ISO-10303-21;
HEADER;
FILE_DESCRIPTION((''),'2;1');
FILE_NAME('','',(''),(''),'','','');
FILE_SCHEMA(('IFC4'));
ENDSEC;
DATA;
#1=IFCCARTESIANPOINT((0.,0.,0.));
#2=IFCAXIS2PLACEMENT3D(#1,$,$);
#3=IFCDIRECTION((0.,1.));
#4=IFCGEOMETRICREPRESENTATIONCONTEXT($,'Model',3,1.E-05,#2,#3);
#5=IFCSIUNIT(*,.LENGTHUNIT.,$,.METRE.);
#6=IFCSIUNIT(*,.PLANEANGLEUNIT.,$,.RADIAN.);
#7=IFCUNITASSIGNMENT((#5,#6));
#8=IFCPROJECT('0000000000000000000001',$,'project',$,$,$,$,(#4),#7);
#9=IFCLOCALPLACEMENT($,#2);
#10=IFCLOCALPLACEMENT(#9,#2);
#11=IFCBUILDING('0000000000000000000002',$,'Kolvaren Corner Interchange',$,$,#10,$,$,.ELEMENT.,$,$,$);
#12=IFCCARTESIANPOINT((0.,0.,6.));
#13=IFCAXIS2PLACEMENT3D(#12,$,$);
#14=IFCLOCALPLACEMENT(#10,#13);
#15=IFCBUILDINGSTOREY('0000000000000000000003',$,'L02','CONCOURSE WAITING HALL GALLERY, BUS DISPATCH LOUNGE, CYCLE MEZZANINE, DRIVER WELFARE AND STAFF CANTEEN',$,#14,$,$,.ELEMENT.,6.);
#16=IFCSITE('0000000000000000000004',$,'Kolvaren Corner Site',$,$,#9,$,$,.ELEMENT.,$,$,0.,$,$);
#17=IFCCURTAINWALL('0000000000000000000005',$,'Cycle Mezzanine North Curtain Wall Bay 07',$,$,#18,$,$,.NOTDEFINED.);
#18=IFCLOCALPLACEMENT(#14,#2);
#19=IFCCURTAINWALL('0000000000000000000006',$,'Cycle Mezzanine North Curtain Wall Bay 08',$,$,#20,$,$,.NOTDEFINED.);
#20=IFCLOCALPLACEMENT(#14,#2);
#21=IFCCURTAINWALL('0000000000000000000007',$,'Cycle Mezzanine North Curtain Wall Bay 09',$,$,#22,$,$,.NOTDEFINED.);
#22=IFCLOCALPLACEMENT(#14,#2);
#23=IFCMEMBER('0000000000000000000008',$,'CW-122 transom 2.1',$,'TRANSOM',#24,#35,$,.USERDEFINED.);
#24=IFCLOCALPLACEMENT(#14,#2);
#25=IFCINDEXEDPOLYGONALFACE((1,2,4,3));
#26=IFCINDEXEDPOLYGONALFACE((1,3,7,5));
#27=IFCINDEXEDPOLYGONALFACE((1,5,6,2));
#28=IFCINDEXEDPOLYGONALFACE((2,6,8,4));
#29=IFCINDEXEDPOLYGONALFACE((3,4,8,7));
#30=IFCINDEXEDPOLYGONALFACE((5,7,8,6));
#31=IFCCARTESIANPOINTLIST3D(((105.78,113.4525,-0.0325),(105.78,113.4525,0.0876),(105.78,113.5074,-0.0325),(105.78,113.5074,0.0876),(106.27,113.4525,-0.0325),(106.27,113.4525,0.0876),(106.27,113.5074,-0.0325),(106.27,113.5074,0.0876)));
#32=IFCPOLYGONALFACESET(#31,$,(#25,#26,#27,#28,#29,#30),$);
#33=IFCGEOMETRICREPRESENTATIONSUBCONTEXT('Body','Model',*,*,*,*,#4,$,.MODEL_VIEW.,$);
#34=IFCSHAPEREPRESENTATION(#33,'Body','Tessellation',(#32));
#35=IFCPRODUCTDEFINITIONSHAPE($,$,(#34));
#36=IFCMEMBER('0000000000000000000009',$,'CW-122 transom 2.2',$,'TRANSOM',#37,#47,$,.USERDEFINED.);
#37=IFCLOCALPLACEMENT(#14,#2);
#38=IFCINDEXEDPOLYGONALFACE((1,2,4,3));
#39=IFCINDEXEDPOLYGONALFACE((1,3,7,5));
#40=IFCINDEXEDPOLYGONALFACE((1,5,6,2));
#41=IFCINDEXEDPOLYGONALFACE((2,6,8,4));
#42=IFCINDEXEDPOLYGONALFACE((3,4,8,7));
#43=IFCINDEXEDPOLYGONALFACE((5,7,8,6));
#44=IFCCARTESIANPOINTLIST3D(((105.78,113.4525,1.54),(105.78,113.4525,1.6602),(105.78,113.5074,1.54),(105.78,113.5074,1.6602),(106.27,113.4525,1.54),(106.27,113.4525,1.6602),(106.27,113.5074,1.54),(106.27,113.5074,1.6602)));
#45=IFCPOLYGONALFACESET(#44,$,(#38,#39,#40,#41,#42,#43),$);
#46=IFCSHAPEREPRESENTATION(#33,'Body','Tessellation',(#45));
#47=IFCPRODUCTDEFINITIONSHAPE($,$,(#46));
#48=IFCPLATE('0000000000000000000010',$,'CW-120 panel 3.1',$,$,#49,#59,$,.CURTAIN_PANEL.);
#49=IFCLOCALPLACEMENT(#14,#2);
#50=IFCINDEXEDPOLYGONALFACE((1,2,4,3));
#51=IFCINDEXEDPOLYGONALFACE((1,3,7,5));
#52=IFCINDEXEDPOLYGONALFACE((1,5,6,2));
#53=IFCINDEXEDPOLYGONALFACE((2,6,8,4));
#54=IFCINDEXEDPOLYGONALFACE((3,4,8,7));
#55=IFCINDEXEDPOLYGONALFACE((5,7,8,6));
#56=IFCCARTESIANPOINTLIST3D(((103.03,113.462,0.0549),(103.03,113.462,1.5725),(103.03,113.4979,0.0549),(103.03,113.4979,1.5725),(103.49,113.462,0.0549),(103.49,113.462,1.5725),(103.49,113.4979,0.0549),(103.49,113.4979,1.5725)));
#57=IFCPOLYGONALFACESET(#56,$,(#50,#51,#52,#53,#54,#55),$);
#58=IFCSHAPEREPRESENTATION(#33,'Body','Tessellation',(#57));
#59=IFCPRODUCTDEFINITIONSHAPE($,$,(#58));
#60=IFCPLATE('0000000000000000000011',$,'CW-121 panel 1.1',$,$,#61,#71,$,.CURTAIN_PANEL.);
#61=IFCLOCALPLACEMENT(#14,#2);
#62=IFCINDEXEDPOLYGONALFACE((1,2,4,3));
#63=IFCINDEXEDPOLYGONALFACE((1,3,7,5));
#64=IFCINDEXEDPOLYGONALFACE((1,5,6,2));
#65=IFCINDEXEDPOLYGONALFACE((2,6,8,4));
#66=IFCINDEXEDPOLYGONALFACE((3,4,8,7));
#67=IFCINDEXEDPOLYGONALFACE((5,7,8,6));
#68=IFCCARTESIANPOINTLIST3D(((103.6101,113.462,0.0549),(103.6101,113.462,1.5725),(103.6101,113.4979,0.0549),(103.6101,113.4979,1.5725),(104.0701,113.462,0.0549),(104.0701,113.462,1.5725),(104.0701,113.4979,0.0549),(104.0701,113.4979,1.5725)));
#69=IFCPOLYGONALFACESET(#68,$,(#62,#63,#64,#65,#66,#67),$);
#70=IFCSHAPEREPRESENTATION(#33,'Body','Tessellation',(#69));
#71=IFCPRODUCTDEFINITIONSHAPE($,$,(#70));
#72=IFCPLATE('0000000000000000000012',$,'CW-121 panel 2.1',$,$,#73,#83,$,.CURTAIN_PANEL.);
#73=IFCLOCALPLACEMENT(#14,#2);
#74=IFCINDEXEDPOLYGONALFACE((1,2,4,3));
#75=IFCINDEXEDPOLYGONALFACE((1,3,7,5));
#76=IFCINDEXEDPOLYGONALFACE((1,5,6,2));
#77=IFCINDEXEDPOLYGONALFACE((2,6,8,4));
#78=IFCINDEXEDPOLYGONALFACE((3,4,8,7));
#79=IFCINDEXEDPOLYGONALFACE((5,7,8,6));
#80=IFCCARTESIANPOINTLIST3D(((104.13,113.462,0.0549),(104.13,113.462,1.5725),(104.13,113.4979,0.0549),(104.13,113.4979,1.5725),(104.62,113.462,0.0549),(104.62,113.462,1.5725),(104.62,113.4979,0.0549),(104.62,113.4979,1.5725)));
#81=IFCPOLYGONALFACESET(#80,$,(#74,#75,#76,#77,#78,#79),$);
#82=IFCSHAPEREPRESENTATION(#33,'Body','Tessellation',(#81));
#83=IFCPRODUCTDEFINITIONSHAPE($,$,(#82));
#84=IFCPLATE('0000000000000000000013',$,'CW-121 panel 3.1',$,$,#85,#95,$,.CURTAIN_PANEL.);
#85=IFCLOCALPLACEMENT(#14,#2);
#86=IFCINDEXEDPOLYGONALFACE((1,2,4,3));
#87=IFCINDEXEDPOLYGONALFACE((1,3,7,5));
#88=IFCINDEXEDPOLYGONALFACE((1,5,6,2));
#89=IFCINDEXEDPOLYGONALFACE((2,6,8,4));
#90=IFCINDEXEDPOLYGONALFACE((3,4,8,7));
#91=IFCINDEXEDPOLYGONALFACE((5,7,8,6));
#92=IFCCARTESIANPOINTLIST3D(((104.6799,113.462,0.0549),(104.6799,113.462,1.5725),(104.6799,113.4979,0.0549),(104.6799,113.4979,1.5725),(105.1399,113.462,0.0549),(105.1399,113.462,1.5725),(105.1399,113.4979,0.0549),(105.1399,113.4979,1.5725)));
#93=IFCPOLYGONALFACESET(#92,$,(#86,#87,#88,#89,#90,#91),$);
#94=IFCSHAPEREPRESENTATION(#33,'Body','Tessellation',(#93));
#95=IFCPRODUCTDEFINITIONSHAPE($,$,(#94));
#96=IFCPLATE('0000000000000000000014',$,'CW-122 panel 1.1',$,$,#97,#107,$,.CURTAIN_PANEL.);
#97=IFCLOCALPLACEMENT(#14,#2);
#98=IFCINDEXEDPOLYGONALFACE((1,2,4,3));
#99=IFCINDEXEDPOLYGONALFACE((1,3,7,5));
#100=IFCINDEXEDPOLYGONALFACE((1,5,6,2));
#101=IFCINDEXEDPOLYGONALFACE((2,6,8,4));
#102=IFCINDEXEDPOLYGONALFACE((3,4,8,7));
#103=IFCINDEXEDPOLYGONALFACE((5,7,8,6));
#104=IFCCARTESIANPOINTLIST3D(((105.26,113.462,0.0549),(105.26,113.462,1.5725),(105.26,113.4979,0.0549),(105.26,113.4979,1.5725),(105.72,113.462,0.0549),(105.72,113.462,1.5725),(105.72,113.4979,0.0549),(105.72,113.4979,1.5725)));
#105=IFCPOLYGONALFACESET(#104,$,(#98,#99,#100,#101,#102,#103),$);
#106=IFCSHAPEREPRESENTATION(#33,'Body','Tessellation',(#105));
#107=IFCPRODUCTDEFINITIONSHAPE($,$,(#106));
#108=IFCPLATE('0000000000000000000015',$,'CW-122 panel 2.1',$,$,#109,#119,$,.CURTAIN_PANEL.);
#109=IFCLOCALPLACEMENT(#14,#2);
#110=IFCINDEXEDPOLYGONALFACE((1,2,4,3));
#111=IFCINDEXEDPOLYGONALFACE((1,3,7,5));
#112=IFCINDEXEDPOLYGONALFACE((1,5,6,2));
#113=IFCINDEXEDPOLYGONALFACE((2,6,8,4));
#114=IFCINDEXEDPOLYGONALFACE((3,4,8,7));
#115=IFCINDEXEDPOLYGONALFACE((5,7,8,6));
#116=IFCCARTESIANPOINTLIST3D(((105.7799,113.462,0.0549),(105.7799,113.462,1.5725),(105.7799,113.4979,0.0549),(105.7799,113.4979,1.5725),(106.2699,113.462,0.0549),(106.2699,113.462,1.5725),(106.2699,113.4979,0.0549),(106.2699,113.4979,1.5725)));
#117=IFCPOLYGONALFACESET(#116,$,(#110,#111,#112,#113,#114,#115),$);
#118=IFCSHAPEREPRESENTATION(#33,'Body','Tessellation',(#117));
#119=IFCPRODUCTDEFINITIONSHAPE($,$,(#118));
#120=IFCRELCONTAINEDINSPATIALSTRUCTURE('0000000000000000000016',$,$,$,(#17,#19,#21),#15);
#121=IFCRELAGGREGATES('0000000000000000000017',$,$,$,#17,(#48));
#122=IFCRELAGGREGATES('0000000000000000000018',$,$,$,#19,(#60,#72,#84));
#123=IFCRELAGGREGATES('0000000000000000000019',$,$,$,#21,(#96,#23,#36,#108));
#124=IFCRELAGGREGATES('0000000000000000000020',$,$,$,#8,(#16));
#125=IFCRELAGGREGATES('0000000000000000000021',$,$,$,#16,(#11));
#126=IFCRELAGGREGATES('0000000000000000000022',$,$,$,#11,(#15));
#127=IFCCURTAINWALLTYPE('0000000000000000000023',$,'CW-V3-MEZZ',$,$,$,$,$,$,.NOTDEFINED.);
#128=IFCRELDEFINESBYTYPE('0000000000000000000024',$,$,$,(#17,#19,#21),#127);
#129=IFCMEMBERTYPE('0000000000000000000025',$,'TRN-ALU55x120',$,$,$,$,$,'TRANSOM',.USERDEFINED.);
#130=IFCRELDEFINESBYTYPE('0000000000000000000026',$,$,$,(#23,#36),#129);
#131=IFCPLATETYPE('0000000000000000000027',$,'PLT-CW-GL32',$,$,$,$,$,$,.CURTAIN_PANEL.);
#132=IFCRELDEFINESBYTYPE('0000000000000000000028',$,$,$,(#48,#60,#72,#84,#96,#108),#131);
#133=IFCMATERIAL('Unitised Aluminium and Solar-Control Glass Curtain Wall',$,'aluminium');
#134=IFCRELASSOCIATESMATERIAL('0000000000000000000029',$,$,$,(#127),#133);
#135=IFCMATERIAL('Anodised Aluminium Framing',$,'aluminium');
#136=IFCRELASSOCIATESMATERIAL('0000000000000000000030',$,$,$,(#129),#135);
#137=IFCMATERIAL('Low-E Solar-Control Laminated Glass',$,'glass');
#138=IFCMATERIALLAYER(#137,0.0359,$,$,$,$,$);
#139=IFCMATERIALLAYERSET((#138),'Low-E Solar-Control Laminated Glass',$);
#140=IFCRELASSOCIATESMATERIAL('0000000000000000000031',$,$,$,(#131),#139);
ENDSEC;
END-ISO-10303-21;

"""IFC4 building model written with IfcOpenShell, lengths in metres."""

from ifc_helpers import new_model, si_unit, direction, frame, origin, origin_2d, place, context, subcontext, project, spatial, rectangle, extrude, material, layer, layer_set, material_profile, profile_set, type_object, element, aggregate, save


model = new_model("IFC4")

# Units and contexts
model_context = context("Model", 3, precision=1e-05, world=origin(), true_north=direction((0.0, 1.0)))
body_context = subcontext(model_context, "Body", "Model", "MODEL_VIEW")
ifc_project = project(units=[si_unit("LENGTHUNIT", "METRE"), si_unit("PLANEANGLEUNIT", "RADIAN")], contexts=[model_context])

# Site, building, storey
site_placement = place(None, origin())
site = spatial("IfcSite", under=ifc_project, at=site_placement, Name="Kolvaren Corner Site", CompositionType="ELEMENT", RefElevation=0.0)
building_placement = place(site_placement, origin())
building = spatial("IfcBuilding", under=site, at=building_placement, Name="Kolvaren Corner Interchange", CompositionType="ELEMENT")
storey_placement = place(building_placement, frame((0.0, 0.0, 6.0)))
storey = spatial("IfcBuildingStorey", under=building, at=storey_placement, Name="L02", Description="CONCOURSE WAITING HALL GALLERY, BUS DISPATCH LOUNGE, CYCLE MEZZANINE, DRIVER WELFARE AND STAFF CANTEEN", CompositionType="ELEMENT", Elevation=6.0)

# Curtain wall
ifc_material_1 = material(Name="Unitised Aluminium and Solar-Control Glass Curtain Wall", Category="aluminium")
curtain_wall_type = type_object("IfcCurtainWallType", Name="CW-V3-MEZZ", PredefinedType="NOTDEFINED", material=ifc_material_1)
curtain_wall_1_placement = place(storey_placement, origin())
curtain_wall_1 = element("IfcCurtainWall", 1, at=curtain_wall_1_placement, inside=storey, type_object=curtain_wall_type, Name="Cycle Mezzanine North Curtain Wall Bay 07", PredefinedType="NOTDEFINED")

# Curtain walls
curtain_wall_2_placement = place(storey_placement, origin())
curtain_wall_2 = element("IfcCurtainWall", 2, at=curtain_wall_2_placement, inside=storey, type_object=curtain_wall_type, Name="Cycle Mezzanine North Curtain Wall Bay 08", PredefinedType="NOTDEFINED")
curtain_wall_3_placement = place(storey_placement, origin())
curtain_wall_3 = element("IfcCurtainWall", 3, at=curtain_wall_3_placement, inside=storey, type_object=curtain_wall_type, Name="Cycle Mezzanine North Curtain Wall Bay 09", PredefinedType="NOTDEFINED")

# Members
ifc_material_2 = material(Name="Anodised Aluminium Framing", Category="aluminium")
ifc_material_profile_1 = material_profile(ifc_material_2, rectangle(XDim=0.0549, YDim=0.1201, at=origin_2d()), Name="ALU 55x120")
ifc_profile_set_1 = profile_set([ifc_material_profile_1], Name="Anodised Aluminium Framing")
member_type_1 = type_object("IfcMemberType", Name="TRN-ALU55x120", ElementType="TRANSOM", PredefinedType="USERDEFINED", material=ifc_profile_set_1)
member_1_placement = place(storey_placement, frame((105.78, 113.48, 0.0276), z_axis=(1.0, 0.0, 0.0), x_axis=(0.0, 1.0, 0.0)))
member_1 = element("IfcMember", 4, at=member_1_placement, type_object=member_type_1, Name="CW-122 transom 2.1", ObjectType="TRANSOM", PredefinedType="USERDEFINED", context=body_context, shape_type="SweptSolid", body=[
    extrude(rectangle(XDim=0.0549, YDim=0.1201, at=origin_2d()), origin(), (0.0, 0.0, 1.0), 0.49),
])
member_2_placement = place(storey_placement, frame((105.78, 113.48, 1.6001), z_axis=(1.0, 0.0, 0.0), x_axis=(0.0, 1.0, 0.0)))
member_2 = element("IfcMember", 5, at=member_2_placement, type_object=member_type_1, Name="CW-122 transom 2.2", ObjectType="TRANSOM", PredefinedType="USERDEFINED", context=body_context, shape_type="SweptSolid", body=[
    extrude(rectangle(XDim=0.0549, YDim=0.1201, at=origin_2d()), origin(), (0.0, 0.0, 1.0), 0.49),
])

# Plates
ifc_material_3 = material(Name="Low-E Solar-Control Laminated Glass", Category="glass")
ifc_layer = layer(ifc_material_3, 0.0359)
ifc_layer_set = layer_set([ifc_layer], Name="Low-E Solar-Control Laminated Glass")
plate_type = type_object("IfcPlateType", Name="PLT-CW-GL32", PredefinedType="CURTAIN_PANEL", material=ifc_layer_set)
plate_1_placement = place(storey_placement, frame((103.26, 113.48, 0.0549), z_axis=(0.0, 0.0, 1.0), x_axis=(1.0, 0.0, 0.0)))
plate_1 = element("IfcPlate", 6, at=plate_1_placement, type_object=plate_type, Name="CW-120 panel 3.1", PredefinedType="CURTAIN_PANEL", context=body_context, shape_type="SweptSolid", body=[
    extrude(rectangle(XDim=0.46, YDim=0.0359, at=origin_2d()), origin(), (0.0, 0.0, 1.0), 1.5176),
])
aggregate(curtain_wall_1, [plate_1])
plate_2_placement = place(storey_placement, frame((103.8401, 113.48, 0.0549), z_axis=(0.0, 0.0, 1.0), x_axis=(1.0, 0.0, 0.0)))
plate_2 = element("IfcPlate", 7, at=plate_2_placement, type_object=plate_type, Name="CW-121 panel 1.1", PredefinedType="CURTAIN_PANEL", context=body_context, shape_type="SweptSolid", body=[
    extrude(rectangle(XDim=0.46, YDim=0.0359, at=origin_2d()), origin(), (0.0, 0.0, 1.0), 1.5176),
])
plate_3_placement = place(storey_placement, frame((104.375, 113.48, 0.0549), z_axis=(0.0, 0.0, 1.0), x_axis=(1.0, 0.0, 0.0)))
plate_3 = element("IfcPlate", 8, at=plate_3_placement, type_object=plate_type, Name="CW-121 panel 2.1", PredefinedType="CURTAIN_PANEL", context=body_context, shape_type="SweptSolid", body=[
    extrude(rectangle(XDim=0.49, YDim=0.0359, at=origin_2d()), origin(), (0.0, 0.0, 1.0), 1.5176),
])
plate_4_placement = place(storey_placement, frame((104.9099, 113.48, 0.0549), z_axis=(0.0, 0.0, 1.0), x_axis=(1.0, 0.0, 0.0)))
plate_4 = element("IfcPlate", 9, at=plate_4_placement, type_object=plate_type, Name="CW-121 panel 3.1", PredefinedType="CURTAIN_PANEL", context=body_context, shape_type="SweptSolid", body=[
    extrude(rectangle(XDim=0.46, YDim=0.0359, at=origin_2d()), origin(), (0.0, 0.0, 1.0), 1.5176),
])
aggregate(curtain_wall_2, [plate_2, plate_3, plate_4])
plate_5_placement = place(storey_placement, frame((105.49, 113.48, 0.0549), z_axis=(0.0, 0.0, 1.0), x_axis=(1.0, 0.0, 0.0)))
plate_5 = element("IfcPlate", 10, at=plate_5_placement, type_object=plate_type, Name="CW-122 panel 1.1", PredefinedType="CURTAIN_PANEL", context=body_context, shape_type="SweptSolid", body=[
    extrude(rectangle(XDim=0.46, YDim=0.0359, at=origin_2d()), origin(), (0.0, 0.0, 1.0), 1.5176),
])
plate_6_placement = place(storey_placement, frame((106.0249, 113.48, 0.0549), z_axis=(0.0, 0.0, 1.0), x_axis=(1.0, 0.0, 0.0)))
plate_6 = element("IfcPlate", 11, at=plate_6_placement, type_object=plate_type, Name="CW-122 panel 2.1", PredefinedType="CURTAIN_PANEL", context=body_context, shape_type="SweptSolid", body=[
    extrude(rectangle(XDim=0.49, YDim=0.0359, at=origin_2d()), origin(), (0.0, 0.0, 1.0), 1.5176),
])
aggregate(curtain_wall_3, [plate_5, member_1, member_2, plate_6])

save(model, "model.ifc")
